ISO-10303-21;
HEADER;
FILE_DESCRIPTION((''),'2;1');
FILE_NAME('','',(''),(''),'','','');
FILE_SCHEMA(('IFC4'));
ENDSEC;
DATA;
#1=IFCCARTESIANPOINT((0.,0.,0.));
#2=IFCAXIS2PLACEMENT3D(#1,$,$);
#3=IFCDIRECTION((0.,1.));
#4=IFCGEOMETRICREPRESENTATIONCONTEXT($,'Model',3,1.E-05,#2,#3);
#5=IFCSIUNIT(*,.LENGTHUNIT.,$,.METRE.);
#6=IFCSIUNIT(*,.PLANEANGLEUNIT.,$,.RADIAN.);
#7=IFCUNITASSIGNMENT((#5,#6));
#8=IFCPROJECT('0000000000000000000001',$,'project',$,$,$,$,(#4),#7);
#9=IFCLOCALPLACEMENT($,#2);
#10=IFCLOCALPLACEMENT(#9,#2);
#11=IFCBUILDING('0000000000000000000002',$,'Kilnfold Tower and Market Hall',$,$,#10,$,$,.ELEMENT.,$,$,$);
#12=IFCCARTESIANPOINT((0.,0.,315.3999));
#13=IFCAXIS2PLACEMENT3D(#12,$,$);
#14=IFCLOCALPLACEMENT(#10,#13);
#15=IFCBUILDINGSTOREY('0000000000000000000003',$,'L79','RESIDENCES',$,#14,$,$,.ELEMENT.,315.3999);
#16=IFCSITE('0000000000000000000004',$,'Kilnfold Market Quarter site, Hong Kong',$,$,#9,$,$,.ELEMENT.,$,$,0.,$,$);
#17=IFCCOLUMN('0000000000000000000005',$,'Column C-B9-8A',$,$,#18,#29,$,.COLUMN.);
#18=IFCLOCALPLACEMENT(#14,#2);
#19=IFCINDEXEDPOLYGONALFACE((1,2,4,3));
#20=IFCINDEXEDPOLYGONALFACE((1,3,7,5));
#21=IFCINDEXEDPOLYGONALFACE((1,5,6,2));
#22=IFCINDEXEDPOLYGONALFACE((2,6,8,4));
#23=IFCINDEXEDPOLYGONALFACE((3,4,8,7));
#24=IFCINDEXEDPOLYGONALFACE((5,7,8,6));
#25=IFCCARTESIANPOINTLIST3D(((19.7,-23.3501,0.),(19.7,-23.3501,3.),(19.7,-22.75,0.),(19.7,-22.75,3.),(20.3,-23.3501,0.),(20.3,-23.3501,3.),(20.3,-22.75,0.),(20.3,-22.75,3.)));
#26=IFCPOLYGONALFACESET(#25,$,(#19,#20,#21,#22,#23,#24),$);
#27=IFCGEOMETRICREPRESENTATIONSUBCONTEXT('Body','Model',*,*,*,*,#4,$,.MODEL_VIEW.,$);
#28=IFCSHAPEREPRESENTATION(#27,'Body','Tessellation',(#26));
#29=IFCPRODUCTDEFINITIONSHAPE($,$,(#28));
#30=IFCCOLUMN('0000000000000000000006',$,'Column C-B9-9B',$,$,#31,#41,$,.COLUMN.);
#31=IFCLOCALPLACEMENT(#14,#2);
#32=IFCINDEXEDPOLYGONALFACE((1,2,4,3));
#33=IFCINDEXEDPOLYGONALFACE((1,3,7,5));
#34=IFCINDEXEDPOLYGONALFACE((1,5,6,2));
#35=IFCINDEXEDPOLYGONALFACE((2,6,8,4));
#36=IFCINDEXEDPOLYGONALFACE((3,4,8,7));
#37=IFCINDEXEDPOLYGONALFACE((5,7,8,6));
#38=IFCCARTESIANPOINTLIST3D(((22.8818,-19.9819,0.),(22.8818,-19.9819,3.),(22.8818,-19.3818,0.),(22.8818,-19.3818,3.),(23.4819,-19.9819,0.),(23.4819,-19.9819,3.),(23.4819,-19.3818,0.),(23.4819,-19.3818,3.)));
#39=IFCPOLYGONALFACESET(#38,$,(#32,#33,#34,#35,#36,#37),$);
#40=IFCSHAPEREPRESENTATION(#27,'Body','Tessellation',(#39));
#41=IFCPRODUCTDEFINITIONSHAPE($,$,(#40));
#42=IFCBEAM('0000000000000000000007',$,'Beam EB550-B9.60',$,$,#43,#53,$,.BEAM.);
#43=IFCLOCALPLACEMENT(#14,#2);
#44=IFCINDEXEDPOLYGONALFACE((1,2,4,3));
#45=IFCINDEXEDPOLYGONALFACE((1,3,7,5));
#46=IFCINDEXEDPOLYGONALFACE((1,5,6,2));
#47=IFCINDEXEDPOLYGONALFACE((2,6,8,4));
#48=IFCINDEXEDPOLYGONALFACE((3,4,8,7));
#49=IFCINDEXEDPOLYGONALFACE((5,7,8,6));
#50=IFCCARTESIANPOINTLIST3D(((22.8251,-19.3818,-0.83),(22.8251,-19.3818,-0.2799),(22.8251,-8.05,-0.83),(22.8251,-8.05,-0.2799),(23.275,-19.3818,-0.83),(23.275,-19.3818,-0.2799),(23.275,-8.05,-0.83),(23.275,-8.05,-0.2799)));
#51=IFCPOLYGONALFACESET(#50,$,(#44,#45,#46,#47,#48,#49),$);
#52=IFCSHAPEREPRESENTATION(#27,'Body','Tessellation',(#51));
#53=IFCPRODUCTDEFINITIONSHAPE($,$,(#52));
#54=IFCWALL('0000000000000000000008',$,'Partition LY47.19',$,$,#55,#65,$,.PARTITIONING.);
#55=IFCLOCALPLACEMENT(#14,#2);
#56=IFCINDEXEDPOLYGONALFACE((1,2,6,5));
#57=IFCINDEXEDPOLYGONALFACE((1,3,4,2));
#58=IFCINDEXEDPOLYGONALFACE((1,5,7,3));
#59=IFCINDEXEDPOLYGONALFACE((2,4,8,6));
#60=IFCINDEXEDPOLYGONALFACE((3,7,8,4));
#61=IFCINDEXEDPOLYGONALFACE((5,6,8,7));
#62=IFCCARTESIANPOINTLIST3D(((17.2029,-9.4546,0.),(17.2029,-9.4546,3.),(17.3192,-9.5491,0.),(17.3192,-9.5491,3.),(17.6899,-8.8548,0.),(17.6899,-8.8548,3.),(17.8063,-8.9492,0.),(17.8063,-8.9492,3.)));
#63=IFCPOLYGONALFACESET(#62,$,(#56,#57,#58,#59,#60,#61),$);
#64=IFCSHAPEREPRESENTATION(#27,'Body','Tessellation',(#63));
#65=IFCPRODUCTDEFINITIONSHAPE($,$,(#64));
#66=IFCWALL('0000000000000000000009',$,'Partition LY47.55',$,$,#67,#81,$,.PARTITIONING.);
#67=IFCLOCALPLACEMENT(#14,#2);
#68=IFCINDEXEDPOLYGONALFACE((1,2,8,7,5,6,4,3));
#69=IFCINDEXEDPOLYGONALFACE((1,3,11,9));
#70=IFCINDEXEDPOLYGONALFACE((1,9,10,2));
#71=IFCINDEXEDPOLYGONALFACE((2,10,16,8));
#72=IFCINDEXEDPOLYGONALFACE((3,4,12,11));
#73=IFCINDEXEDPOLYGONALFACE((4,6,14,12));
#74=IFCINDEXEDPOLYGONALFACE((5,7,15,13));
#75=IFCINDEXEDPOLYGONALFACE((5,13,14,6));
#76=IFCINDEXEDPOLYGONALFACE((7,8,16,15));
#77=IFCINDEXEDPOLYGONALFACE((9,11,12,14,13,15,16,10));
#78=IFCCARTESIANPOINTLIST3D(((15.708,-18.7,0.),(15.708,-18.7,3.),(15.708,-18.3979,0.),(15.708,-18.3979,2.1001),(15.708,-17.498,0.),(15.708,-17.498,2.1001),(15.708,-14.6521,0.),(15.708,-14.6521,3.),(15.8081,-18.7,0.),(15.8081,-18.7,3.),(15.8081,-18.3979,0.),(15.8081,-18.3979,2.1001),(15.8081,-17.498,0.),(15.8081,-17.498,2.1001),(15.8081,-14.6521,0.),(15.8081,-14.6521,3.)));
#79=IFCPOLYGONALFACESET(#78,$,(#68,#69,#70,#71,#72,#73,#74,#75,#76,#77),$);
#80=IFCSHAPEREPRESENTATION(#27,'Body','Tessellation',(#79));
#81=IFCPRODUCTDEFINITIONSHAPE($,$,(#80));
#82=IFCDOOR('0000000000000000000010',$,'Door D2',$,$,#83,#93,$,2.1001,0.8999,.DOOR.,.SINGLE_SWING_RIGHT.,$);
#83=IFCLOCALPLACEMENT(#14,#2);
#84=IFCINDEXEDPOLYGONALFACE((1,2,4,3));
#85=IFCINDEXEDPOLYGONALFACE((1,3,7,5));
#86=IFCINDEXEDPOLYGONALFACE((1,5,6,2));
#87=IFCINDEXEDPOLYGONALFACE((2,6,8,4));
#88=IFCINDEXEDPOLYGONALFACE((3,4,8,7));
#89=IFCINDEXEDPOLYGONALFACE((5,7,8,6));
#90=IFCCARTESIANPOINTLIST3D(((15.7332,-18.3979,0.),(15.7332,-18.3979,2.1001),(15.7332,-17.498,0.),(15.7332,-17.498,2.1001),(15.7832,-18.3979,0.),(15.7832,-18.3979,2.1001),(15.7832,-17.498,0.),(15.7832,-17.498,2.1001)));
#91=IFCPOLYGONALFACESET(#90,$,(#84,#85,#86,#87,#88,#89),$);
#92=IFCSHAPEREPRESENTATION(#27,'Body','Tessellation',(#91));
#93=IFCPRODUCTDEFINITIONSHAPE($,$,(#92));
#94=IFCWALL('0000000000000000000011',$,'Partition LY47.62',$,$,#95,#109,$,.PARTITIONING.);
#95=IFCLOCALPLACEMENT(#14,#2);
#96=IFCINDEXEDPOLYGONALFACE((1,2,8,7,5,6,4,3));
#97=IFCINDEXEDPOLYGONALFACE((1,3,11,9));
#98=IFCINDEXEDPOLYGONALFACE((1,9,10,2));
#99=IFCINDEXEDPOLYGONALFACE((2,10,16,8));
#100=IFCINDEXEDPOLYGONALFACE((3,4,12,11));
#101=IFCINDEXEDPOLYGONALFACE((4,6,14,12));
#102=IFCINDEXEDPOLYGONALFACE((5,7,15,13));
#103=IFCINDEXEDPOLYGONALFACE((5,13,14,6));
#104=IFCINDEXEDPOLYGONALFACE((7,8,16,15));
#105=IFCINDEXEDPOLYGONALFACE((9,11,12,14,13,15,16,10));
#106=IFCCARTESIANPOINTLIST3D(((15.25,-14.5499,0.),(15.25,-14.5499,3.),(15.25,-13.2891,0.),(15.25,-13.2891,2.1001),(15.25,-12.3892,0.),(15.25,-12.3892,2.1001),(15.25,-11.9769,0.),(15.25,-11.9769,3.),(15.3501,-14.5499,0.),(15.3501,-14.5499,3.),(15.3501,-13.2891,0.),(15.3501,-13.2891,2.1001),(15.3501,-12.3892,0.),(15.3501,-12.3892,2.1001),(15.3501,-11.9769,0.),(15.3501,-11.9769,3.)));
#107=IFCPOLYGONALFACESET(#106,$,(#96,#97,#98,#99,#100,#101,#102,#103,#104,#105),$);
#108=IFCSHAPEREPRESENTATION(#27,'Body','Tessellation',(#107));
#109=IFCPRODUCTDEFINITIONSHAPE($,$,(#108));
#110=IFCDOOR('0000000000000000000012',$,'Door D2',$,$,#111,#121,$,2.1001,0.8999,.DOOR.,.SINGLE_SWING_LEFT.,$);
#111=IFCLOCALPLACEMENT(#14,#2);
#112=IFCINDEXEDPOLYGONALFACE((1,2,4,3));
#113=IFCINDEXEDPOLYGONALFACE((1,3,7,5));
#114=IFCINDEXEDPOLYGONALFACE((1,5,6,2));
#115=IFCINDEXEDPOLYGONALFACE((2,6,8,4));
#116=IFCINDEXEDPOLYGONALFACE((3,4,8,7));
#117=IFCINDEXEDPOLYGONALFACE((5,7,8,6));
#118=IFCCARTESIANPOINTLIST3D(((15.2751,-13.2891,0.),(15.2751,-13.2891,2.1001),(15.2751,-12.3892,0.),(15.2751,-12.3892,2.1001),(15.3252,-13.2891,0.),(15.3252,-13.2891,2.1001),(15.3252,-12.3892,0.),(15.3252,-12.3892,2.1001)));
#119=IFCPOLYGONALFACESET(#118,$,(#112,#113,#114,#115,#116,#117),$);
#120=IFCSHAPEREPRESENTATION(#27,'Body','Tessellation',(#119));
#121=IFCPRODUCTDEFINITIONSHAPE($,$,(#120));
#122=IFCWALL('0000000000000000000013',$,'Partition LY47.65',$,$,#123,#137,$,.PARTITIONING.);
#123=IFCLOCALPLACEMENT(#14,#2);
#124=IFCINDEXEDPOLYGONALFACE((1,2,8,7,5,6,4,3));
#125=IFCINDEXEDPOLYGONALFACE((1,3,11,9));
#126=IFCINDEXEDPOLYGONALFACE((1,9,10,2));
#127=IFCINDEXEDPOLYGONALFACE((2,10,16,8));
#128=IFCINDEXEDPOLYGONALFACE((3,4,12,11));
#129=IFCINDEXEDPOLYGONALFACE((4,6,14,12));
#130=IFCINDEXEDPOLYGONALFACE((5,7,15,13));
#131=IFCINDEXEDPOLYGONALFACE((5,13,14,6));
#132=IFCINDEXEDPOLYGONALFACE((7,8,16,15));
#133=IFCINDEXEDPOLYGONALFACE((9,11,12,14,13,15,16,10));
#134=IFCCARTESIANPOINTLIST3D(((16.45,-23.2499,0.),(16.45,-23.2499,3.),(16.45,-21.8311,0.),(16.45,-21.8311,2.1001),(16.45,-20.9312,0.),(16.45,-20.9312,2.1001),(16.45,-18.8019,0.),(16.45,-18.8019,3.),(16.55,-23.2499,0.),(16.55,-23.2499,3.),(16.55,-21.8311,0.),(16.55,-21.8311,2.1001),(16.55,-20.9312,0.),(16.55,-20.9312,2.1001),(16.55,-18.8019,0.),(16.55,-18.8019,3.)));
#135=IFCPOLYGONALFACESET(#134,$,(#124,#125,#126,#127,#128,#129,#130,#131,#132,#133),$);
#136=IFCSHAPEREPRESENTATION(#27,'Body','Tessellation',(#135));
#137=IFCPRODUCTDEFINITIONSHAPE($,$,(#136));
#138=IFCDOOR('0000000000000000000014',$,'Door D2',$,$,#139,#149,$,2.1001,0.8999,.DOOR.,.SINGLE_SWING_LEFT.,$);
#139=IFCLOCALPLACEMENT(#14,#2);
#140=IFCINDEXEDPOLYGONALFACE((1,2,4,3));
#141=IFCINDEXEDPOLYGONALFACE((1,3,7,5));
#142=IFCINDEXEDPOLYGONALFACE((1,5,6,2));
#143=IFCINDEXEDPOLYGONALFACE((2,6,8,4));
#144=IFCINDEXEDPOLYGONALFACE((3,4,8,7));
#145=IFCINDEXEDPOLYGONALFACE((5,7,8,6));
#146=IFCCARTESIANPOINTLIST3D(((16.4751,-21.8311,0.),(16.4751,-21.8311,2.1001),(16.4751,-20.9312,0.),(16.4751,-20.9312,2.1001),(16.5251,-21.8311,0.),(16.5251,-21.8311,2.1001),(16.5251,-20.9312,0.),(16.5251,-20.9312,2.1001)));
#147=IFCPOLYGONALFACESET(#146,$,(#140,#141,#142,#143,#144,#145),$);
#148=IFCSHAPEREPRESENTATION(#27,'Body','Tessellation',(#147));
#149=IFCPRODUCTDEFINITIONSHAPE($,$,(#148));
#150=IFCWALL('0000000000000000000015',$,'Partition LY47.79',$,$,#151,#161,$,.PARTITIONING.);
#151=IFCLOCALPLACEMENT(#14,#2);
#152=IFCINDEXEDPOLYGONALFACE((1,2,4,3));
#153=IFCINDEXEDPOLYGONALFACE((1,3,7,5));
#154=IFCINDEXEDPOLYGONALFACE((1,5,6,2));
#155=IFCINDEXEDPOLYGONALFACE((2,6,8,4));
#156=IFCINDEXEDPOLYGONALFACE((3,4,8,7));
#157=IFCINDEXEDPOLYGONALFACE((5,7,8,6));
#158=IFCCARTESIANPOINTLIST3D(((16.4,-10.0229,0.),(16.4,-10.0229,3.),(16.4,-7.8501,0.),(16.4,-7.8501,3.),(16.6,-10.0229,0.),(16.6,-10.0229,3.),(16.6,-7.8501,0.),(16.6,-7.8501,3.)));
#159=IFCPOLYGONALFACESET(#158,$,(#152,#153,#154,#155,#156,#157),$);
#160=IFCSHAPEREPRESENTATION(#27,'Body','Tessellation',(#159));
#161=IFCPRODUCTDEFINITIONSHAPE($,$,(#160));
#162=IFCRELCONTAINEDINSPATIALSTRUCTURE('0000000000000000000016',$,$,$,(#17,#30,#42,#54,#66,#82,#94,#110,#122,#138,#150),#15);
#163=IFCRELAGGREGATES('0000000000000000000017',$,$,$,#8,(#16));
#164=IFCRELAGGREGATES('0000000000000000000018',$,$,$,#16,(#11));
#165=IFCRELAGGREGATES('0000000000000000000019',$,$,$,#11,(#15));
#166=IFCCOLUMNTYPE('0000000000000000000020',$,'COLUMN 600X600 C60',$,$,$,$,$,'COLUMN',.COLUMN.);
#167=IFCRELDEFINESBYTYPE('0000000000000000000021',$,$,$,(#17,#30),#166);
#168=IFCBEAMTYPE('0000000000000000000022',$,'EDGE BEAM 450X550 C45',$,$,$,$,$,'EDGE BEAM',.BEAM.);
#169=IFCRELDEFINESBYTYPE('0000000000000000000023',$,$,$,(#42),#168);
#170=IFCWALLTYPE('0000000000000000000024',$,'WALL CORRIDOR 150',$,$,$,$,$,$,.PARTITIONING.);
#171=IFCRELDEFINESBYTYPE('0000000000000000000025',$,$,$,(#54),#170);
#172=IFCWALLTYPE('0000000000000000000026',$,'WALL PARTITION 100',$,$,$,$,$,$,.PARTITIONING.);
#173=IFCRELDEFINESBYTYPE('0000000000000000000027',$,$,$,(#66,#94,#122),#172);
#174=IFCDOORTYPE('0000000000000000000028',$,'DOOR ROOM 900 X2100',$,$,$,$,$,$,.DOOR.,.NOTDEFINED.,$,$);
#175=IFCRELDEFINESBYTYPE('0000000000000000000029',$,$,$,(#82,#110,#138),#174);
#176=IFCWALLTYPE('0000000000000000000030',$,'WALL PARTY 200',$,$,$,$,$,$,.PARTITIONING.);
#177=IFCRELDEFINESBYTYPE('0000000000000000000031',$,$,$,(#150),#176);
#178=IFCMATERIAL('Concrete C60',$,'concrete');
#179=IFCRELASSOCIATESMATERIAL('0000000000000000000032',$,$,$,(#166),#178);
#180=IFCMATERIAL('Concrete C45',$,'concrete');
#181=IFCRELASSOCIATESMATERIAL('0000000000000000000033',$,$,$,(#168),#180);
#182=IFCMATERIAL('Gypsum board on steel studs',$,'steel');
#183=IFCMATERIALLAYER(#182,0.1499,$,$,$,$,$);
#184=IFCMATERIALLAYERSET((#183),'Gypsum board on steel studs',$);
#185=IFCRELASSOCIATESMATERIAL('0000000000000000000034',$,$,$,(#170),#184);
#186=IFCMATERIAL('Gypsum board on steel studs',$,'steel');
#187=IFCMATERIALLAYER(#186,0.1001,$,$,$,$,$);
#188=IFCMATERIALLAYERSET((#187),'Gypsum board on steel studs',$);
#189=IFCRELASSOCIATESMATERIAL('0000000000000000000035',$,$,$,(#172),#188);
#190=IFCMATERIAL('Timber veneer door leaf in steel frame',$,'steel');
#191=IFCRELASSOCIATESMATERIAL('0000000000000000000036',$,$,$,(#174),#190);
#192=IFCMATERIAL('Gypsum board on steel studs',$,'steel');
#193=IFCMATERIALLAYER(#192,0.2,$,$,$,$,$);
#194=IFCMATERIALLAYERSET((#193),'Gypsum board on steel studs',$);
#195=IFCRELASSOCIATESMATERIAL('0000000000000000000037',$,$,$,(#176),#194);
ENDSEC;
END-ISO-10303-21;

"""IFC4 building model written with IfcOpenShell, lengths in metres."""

from ifc_helpers import new_model, si_unit, direction, frame, frame_2d, origin, origin_2d, place, context, subcontext, project, spatial, rectangle, extrude, source, transform, mapped, material, layer, layer_set, material_profile, profile_set, type_object, element, fill, save


model = new_model("IFC4")

# Units and contexts
model_context = context("Model", 3, precision=1e-05, world=origin(), true_north=direction((0.0, 1.0)))
body_context = subcontext(model_context, "Body", "Model", "MODEL_VIEW")
ifc_project = project(units=[si_unit("LENGTHUNIT", "METRE"), si_unit("PLANEANGLEUNIT", "RADIAN")], contexts=[model_context])

# Site, building, storey
site_placement = place(None, origin())
site = spatial("IfcSite", under=ifc_project, at=site_placement, Name="Kilnfold Market Quarter site, Hong Kong", CompositionType="ELEMENT", RefElevation=0.0)
building_placement = place(site_placement, origin())
building = spatial("IfcBuilding", under=site, at=building_placement, Name="Kilnfold Tower and Market Hall", CompositionType="ELEMENT")
storey_placement = place(building_placement, frame((0.0, 0.0, 315.3999)))
storey = spatial("IfcBuildingStorey", under=building, at=storey_placement, Name="L79", Description="RESIDENCES", CompositionType="ELEMENT", Elevation=315.3999)

# Columns
ifc_material_1 = material(Name="Concrete C60", Category="concrete")
ifc_material_profile_1 = material_profile(ifc_material_1, rectangle(XDim=0.6001, YDim=0.6001, at=origin_2d()), Name="RC 600x600")
ifc_profile_set_1 = profile_set([ifc_material_profile_1], Name="Concrete C60")
column_type = type_object("IfcColumnType", Name="COLUMN 600X600 C60", ElementType="COLUMN", PredefinedType="COLUMN", material=ifc_profile_set_1)
shared_shape_1 = source(origin(), body_context, "Body", "SweptSolid", [
    extrude(rectangle(XDim=0.6001, YDim=0.6001, at=origin_2d()), origin(), (0.0, 0.0, 1.0), 3.0),
])
for number, where, z_axis, x_axis, name in (
    (1, (20.0, -23.05, 0.0), (0.0, 0.0, 1.0), (1.0, 0.0, 0.0), "Column C-B9-8A"),
    (2, (23.1819, -19.6819, 0.0), (0.0, 0.0, 1.0), (1.0, 0.0, 0.0), "Column C-B9-9B"),
):
    element("IfcColumn", number, at=place(storey_placement, frame(where, z_axis=z_axis, x_axis=x_axis)), inside=storey, type_object=column_type, Name=name, PredefinedType="COLUMN", context=body_context, shape_type="MappedRepresentation", body=[
        mapped(shared_shape_1, transform((0.0, 0.0, 0.0))),
    ])

# Beam
ifc_material_2 = material(Name="Concrete C45", Category="concrete")
ifc_material_profile_2 = material_profile(ifc_material_2, rectangle(XDim=0.45, YDim=0.55, at=origin_2d()), Name="RC 450x550")
ifc_profile_set_2 = profile_set([ifc_material_profile_2], Name="Concrete C45")
beam_type = type_object("IfcBeamType", Name="EDGE BEAM 450X550 C45", ElementType="EDGE BEAM", PredefinedType="BEAM", material=ifc_profile_set_2)
shared_shape_2 = source(origin(), body_context, "Body", "SweptSolid", [
    extrude(rectangle(XDim=0.45, YDim=0.55, at=origin_2d()), origin(), (0.0, 0.0, 1.0), 11.3318),
])
beam_placement = place(storey_placement, frame((23.05, -19.3818, -0.5549), z_axis=(0.0, 1.0, 0.0), x_axis=(-1.0, 0.0, 0.0)))
element("IfcBeam", 3, at=beam_placement, inside=storey, type_object=beam_type, Name="Beam EB550-B9.60", PredefinedType="BEAM", context=body_context, shape_type="MappedRepresentation", body=[
    mapped(shared_shape_2, transform((0.0, 0.0, 0.0))),
])

# Wall
ifc_material_3 = material(Name="Gypsum board on steel studs", Category="steel")
ifc_layer_1 = layer(ifc_material_3, 0.1499)
ifc_layer_set_1 = layer_set([ifc_layer_1], Name="Gypsum board on steel studs")
wall_type_1 = type_object("IfcWallType", Name="WALL CORRIDOR 150", PredefinedType="PARTITIONING", material=ifc_layer_set_1)
wall_1_placement = place(storey_placement, frame((17.748, -8.9021, 0.0), z_axis=(0.0, 0.0, 1.0), x_axis=(-0.630343, -0.776317, 0.0)))
element("IfcWall", 4, at=wall_1_placement, inside=storey, type_object=wall_type_1, Name="Partition LY47.19", PredefinedType="PARTITIONING", context=body_context, shape_type="SweptSolid", body=[
    extrude(rectangle(XDim=0.7727, YDim=0.1499, at=frame_2d((0.3862, 0.0))), origin(), (0.0, 0.0, 1.0), 3.0),
])

# Walls, openings, doors
ifc_material_4 = material(Name="Gypsum board on steel studs", Category="steel")
ifc_layer_2 = layer(ifc_material_4, 0.1001)
ifc_layer_set_2 = layer_set([ifc_layer_2], Name="Gypsum board on steel studs")
wall_type_2 = type_object("IfcWallType", Name="WALL PARTITION 100", PredefinedType="PARTITIONING", material=ifc_layer_set_2)
wall_2_placement = place(storey_placement, frame((15.7581, -18.7, 0.0), z_axis=(0.0, 0.0, 1.0), x_axis=(0.0, 1.0, 0.0)))
wall_2 = element("IfcWall", 5, at=wall_2_placement, inside=storey, type_object=wall_type_2, Name="Partition LY47.55", PredefinedType="PARTITIONING", context=body_context, shape_type="SweptSolid", body=[
    extrude(rectangle(XDim=4.0479, YDim=0.1001, at=frame_2d((2.0239, 0.0))), origin(), (0.0, 0.0, 1.0), 3.0),
])
opening_1_placement = place(wall_2_placement, frame((0.302, 0.0, 0.0)))
opening_1 = element("IfcOpeningElement", 6, at=opening_1_placement, cuts=wall_2, PredefinedType="OPENING", context=body_context, shape_type="SweptSolid", body=[
    extrude(rectangle(XDim=0.8999, YDim=2.1001, at=frame_2d((0.45, 1.05))), frame((0.0, 0.0601, 0.0), z_axis=(0.0, -1.0, 0.0), x_axis=(1.0, 0.0, 0.0)), (0.0, 0.0, 1.0), 0.1201),
])
ifc_material_5 = material(Name="Timber veneer door leaf in steel frame", Category="steel")
door_type_1 = type_object("IfcDoorType", Name="DOOR ROOM 900 X2100", OperationType="NOTDEFINED", PredefinedType="DOOR", material=ifc_material_5)
door_1_placement = place(opening_1_placement, origin())
door_1 = element("IfcDoor", 7, at=door_1_placement, inside=storey, type_object=door_type_1, Name="Door D2", OperationType="SINGLE_SWING_RIGHT", OverallHeight=2.1001, OverallWidth=0.8999, PredefinedType="DOOR", context=body_context, shape_type="SweptSolid", body=[
    extrude(rectangle(XDim=0.8999, YDim=2.1001, at=frame_2d((0.45, 1.05))), frame((0.0, 0.0249, 0.0), z_axis=(0.0, -1.0, 0.0), x_axis=(1.0, 0.0, 0.0)), (0.0, 0.0, 1.0), 0.05),
])
fill(opening_1, door_1)
wall_3_placement = place(storey_placement, frame((15.3, -14.55, 0.0), z_axis=(0.0, 0.0, 1.0), x_axis=(0.0, 1.0, 0.0)))
wall_3 = element("IfcWall", 8, at=wall_3_placement, inside=storey, type_object=wall_type_2, Name="Partition LY47.62", PredefinedType="PARTITIONING", context=body_context, shape_type="SweptSolid", body=[
    extrude(rectangle(XDim=2.573, YDim=0.1001, at=frame_2d((1.2866, 0.0))), origin(), (0.0, 0.0, 1.0), 3.0),
])
opening_2_placement = place(wall_3_placement, frame((1.261, 0.0, 0.0)))
opening_2 = element("IfcOpeningElement", 9, at=opening_2_placement, cuts=wall_3, PredefinedType="OPENING", context=body_context, shape_type="SweptSolid", body=[
    extrude(rectangle(XDim=0.8999, YDim=2.1001, at=frame_2d((0.45, 1.05))), frame((0.0, 0.0601, 0.0), z_axis=(0.0, -1.0, 0.0), x_axis=(1.0, 0.0, 0.0)), (0.0, 0.0, 1.0), 0.1201),
])
door_2_placement = place(opening_2_placement, origin())
door_2 = element("IfcDoor", 10, at=door_2_placement, inside=storey, type_object=door_type_1, Name="Door D2", OperationType="SINGLE_SWING_LEFT", OverallHeight=2.1001, OverallWidth=0.8999, PredefinedType="DOOR", context=body_context, shape_type="SweptSolid", body=[
    extrude(rectangle(XDim=0.8999, YDim=2.1001, at=frame_2d((0.45, 1.05))), frame((0.0, 0.0249, 0.0), z_axis=(0.0, -1.0, 0.0), x_axis=(1.0, 0.0, 0.0)), (0.0, 0.0, 1.0), 0.05),
])
fill(opening_2, door_2)
wall_4_placement = place(storey_placement, frame((16.5, -23.25, 0.0), z_axis=(0.0, 0.0, 1.0), x_axis=(0.0, 1.0, 0.0)))
wall_4 = element("IfcWall", 11, at=wall_4_placement, inside=storey, type_object=wall_type_2, Name="Partition LY47.65", PredefinedType="PARTITIONING", context=body_context, shape_type="SweptSolid", body=[
    extrude(rectangle(XDim=4.448, YDim=0.1001, at=frame_2d((2.2241, 0.0))), origin(), (0.0, 0.0, 1.0), 3.0),
])
opening_3_placement = place(wall_4_placement, frame((1.4189, 0.0, 0.0)))
opening_3 = element("IfcOpeningElement", 12, at=opening_3_placement, cuts=wall_4, PredefinedType="OPENING", context=body_context, shape_type="SweptSolid", body=[
    extrude(rectangle(XDim=0.8999, YDim=2.1001, at=frame_2d((0.45, 1.05))), frame((0.0, 0.0601, 0.0), z_axis=(0.0, -1.0, 0.0), x_axis=(1.0, 0.0, 0.0)), (0.0, 0.0, 1.0), 0.1201),
])
door_3_placement = place(opening_3_placement, origin())
door_3 = element("IfcDoor", 13, at=door_3_placement, inside=storey, type_object=door_type_1, Name="Door D2", OperationType="SINGLE_SWING_LEFT", OverallHeight=2.1001, OverallWidth=0.8999, PredefinedType="DOOR", context=body_context, shape_type="SweptSolid", body=[
    extrude(rectangle(XDim=0.8999, YDim=2.1001, at=frame_2d((0.45, 1.05))), frame((0.0, 0.0249, 0.0), z_axis=(0.0, -1.0, 0.0), x_axis=(1.0, 0.0, 0.0)), (0.0, 0.0, 1.0), 0.05),
])
fill(opening_3, door_3)

# Wall
ifc_material_6 = material(Name="Gypsum board on steel studs", Category="steel")
ifc_layer_3 = layer(ifc_material_6, 0.2)
ifc_layer_set_3 = layer_set([ifc_layer_3], Name="Gypsum board on steel studs")
wall_type_3 = type_object("IfcWallType", Name="WALL PARTY 200", PredefinedType="PARTITIONING", material=ifc_layer_set_3)
wall_5_placement = place(storey_placement, frame((16.5, -10.0229, 0.0), z_axis=(0.0, 0.0, 1.0), x_axis=(0.0, 1.0, 0.0)))
element("IfcWall", 14, at=wall_5_placement, inside=storey, type_object=wall_type_3, Name="Partition LY47.79", PredefinedType="PARTITIONING", context=body_context, shape_type="SweptSolid", body=[
    extrude(rectangle(XDim=2.1729, YDim=0.2, at=frame_2d((1.0864, 0.0))), origin(), (0.0, 0.0, 1.0), 3.0),
])

save(model, "model.ifc")
